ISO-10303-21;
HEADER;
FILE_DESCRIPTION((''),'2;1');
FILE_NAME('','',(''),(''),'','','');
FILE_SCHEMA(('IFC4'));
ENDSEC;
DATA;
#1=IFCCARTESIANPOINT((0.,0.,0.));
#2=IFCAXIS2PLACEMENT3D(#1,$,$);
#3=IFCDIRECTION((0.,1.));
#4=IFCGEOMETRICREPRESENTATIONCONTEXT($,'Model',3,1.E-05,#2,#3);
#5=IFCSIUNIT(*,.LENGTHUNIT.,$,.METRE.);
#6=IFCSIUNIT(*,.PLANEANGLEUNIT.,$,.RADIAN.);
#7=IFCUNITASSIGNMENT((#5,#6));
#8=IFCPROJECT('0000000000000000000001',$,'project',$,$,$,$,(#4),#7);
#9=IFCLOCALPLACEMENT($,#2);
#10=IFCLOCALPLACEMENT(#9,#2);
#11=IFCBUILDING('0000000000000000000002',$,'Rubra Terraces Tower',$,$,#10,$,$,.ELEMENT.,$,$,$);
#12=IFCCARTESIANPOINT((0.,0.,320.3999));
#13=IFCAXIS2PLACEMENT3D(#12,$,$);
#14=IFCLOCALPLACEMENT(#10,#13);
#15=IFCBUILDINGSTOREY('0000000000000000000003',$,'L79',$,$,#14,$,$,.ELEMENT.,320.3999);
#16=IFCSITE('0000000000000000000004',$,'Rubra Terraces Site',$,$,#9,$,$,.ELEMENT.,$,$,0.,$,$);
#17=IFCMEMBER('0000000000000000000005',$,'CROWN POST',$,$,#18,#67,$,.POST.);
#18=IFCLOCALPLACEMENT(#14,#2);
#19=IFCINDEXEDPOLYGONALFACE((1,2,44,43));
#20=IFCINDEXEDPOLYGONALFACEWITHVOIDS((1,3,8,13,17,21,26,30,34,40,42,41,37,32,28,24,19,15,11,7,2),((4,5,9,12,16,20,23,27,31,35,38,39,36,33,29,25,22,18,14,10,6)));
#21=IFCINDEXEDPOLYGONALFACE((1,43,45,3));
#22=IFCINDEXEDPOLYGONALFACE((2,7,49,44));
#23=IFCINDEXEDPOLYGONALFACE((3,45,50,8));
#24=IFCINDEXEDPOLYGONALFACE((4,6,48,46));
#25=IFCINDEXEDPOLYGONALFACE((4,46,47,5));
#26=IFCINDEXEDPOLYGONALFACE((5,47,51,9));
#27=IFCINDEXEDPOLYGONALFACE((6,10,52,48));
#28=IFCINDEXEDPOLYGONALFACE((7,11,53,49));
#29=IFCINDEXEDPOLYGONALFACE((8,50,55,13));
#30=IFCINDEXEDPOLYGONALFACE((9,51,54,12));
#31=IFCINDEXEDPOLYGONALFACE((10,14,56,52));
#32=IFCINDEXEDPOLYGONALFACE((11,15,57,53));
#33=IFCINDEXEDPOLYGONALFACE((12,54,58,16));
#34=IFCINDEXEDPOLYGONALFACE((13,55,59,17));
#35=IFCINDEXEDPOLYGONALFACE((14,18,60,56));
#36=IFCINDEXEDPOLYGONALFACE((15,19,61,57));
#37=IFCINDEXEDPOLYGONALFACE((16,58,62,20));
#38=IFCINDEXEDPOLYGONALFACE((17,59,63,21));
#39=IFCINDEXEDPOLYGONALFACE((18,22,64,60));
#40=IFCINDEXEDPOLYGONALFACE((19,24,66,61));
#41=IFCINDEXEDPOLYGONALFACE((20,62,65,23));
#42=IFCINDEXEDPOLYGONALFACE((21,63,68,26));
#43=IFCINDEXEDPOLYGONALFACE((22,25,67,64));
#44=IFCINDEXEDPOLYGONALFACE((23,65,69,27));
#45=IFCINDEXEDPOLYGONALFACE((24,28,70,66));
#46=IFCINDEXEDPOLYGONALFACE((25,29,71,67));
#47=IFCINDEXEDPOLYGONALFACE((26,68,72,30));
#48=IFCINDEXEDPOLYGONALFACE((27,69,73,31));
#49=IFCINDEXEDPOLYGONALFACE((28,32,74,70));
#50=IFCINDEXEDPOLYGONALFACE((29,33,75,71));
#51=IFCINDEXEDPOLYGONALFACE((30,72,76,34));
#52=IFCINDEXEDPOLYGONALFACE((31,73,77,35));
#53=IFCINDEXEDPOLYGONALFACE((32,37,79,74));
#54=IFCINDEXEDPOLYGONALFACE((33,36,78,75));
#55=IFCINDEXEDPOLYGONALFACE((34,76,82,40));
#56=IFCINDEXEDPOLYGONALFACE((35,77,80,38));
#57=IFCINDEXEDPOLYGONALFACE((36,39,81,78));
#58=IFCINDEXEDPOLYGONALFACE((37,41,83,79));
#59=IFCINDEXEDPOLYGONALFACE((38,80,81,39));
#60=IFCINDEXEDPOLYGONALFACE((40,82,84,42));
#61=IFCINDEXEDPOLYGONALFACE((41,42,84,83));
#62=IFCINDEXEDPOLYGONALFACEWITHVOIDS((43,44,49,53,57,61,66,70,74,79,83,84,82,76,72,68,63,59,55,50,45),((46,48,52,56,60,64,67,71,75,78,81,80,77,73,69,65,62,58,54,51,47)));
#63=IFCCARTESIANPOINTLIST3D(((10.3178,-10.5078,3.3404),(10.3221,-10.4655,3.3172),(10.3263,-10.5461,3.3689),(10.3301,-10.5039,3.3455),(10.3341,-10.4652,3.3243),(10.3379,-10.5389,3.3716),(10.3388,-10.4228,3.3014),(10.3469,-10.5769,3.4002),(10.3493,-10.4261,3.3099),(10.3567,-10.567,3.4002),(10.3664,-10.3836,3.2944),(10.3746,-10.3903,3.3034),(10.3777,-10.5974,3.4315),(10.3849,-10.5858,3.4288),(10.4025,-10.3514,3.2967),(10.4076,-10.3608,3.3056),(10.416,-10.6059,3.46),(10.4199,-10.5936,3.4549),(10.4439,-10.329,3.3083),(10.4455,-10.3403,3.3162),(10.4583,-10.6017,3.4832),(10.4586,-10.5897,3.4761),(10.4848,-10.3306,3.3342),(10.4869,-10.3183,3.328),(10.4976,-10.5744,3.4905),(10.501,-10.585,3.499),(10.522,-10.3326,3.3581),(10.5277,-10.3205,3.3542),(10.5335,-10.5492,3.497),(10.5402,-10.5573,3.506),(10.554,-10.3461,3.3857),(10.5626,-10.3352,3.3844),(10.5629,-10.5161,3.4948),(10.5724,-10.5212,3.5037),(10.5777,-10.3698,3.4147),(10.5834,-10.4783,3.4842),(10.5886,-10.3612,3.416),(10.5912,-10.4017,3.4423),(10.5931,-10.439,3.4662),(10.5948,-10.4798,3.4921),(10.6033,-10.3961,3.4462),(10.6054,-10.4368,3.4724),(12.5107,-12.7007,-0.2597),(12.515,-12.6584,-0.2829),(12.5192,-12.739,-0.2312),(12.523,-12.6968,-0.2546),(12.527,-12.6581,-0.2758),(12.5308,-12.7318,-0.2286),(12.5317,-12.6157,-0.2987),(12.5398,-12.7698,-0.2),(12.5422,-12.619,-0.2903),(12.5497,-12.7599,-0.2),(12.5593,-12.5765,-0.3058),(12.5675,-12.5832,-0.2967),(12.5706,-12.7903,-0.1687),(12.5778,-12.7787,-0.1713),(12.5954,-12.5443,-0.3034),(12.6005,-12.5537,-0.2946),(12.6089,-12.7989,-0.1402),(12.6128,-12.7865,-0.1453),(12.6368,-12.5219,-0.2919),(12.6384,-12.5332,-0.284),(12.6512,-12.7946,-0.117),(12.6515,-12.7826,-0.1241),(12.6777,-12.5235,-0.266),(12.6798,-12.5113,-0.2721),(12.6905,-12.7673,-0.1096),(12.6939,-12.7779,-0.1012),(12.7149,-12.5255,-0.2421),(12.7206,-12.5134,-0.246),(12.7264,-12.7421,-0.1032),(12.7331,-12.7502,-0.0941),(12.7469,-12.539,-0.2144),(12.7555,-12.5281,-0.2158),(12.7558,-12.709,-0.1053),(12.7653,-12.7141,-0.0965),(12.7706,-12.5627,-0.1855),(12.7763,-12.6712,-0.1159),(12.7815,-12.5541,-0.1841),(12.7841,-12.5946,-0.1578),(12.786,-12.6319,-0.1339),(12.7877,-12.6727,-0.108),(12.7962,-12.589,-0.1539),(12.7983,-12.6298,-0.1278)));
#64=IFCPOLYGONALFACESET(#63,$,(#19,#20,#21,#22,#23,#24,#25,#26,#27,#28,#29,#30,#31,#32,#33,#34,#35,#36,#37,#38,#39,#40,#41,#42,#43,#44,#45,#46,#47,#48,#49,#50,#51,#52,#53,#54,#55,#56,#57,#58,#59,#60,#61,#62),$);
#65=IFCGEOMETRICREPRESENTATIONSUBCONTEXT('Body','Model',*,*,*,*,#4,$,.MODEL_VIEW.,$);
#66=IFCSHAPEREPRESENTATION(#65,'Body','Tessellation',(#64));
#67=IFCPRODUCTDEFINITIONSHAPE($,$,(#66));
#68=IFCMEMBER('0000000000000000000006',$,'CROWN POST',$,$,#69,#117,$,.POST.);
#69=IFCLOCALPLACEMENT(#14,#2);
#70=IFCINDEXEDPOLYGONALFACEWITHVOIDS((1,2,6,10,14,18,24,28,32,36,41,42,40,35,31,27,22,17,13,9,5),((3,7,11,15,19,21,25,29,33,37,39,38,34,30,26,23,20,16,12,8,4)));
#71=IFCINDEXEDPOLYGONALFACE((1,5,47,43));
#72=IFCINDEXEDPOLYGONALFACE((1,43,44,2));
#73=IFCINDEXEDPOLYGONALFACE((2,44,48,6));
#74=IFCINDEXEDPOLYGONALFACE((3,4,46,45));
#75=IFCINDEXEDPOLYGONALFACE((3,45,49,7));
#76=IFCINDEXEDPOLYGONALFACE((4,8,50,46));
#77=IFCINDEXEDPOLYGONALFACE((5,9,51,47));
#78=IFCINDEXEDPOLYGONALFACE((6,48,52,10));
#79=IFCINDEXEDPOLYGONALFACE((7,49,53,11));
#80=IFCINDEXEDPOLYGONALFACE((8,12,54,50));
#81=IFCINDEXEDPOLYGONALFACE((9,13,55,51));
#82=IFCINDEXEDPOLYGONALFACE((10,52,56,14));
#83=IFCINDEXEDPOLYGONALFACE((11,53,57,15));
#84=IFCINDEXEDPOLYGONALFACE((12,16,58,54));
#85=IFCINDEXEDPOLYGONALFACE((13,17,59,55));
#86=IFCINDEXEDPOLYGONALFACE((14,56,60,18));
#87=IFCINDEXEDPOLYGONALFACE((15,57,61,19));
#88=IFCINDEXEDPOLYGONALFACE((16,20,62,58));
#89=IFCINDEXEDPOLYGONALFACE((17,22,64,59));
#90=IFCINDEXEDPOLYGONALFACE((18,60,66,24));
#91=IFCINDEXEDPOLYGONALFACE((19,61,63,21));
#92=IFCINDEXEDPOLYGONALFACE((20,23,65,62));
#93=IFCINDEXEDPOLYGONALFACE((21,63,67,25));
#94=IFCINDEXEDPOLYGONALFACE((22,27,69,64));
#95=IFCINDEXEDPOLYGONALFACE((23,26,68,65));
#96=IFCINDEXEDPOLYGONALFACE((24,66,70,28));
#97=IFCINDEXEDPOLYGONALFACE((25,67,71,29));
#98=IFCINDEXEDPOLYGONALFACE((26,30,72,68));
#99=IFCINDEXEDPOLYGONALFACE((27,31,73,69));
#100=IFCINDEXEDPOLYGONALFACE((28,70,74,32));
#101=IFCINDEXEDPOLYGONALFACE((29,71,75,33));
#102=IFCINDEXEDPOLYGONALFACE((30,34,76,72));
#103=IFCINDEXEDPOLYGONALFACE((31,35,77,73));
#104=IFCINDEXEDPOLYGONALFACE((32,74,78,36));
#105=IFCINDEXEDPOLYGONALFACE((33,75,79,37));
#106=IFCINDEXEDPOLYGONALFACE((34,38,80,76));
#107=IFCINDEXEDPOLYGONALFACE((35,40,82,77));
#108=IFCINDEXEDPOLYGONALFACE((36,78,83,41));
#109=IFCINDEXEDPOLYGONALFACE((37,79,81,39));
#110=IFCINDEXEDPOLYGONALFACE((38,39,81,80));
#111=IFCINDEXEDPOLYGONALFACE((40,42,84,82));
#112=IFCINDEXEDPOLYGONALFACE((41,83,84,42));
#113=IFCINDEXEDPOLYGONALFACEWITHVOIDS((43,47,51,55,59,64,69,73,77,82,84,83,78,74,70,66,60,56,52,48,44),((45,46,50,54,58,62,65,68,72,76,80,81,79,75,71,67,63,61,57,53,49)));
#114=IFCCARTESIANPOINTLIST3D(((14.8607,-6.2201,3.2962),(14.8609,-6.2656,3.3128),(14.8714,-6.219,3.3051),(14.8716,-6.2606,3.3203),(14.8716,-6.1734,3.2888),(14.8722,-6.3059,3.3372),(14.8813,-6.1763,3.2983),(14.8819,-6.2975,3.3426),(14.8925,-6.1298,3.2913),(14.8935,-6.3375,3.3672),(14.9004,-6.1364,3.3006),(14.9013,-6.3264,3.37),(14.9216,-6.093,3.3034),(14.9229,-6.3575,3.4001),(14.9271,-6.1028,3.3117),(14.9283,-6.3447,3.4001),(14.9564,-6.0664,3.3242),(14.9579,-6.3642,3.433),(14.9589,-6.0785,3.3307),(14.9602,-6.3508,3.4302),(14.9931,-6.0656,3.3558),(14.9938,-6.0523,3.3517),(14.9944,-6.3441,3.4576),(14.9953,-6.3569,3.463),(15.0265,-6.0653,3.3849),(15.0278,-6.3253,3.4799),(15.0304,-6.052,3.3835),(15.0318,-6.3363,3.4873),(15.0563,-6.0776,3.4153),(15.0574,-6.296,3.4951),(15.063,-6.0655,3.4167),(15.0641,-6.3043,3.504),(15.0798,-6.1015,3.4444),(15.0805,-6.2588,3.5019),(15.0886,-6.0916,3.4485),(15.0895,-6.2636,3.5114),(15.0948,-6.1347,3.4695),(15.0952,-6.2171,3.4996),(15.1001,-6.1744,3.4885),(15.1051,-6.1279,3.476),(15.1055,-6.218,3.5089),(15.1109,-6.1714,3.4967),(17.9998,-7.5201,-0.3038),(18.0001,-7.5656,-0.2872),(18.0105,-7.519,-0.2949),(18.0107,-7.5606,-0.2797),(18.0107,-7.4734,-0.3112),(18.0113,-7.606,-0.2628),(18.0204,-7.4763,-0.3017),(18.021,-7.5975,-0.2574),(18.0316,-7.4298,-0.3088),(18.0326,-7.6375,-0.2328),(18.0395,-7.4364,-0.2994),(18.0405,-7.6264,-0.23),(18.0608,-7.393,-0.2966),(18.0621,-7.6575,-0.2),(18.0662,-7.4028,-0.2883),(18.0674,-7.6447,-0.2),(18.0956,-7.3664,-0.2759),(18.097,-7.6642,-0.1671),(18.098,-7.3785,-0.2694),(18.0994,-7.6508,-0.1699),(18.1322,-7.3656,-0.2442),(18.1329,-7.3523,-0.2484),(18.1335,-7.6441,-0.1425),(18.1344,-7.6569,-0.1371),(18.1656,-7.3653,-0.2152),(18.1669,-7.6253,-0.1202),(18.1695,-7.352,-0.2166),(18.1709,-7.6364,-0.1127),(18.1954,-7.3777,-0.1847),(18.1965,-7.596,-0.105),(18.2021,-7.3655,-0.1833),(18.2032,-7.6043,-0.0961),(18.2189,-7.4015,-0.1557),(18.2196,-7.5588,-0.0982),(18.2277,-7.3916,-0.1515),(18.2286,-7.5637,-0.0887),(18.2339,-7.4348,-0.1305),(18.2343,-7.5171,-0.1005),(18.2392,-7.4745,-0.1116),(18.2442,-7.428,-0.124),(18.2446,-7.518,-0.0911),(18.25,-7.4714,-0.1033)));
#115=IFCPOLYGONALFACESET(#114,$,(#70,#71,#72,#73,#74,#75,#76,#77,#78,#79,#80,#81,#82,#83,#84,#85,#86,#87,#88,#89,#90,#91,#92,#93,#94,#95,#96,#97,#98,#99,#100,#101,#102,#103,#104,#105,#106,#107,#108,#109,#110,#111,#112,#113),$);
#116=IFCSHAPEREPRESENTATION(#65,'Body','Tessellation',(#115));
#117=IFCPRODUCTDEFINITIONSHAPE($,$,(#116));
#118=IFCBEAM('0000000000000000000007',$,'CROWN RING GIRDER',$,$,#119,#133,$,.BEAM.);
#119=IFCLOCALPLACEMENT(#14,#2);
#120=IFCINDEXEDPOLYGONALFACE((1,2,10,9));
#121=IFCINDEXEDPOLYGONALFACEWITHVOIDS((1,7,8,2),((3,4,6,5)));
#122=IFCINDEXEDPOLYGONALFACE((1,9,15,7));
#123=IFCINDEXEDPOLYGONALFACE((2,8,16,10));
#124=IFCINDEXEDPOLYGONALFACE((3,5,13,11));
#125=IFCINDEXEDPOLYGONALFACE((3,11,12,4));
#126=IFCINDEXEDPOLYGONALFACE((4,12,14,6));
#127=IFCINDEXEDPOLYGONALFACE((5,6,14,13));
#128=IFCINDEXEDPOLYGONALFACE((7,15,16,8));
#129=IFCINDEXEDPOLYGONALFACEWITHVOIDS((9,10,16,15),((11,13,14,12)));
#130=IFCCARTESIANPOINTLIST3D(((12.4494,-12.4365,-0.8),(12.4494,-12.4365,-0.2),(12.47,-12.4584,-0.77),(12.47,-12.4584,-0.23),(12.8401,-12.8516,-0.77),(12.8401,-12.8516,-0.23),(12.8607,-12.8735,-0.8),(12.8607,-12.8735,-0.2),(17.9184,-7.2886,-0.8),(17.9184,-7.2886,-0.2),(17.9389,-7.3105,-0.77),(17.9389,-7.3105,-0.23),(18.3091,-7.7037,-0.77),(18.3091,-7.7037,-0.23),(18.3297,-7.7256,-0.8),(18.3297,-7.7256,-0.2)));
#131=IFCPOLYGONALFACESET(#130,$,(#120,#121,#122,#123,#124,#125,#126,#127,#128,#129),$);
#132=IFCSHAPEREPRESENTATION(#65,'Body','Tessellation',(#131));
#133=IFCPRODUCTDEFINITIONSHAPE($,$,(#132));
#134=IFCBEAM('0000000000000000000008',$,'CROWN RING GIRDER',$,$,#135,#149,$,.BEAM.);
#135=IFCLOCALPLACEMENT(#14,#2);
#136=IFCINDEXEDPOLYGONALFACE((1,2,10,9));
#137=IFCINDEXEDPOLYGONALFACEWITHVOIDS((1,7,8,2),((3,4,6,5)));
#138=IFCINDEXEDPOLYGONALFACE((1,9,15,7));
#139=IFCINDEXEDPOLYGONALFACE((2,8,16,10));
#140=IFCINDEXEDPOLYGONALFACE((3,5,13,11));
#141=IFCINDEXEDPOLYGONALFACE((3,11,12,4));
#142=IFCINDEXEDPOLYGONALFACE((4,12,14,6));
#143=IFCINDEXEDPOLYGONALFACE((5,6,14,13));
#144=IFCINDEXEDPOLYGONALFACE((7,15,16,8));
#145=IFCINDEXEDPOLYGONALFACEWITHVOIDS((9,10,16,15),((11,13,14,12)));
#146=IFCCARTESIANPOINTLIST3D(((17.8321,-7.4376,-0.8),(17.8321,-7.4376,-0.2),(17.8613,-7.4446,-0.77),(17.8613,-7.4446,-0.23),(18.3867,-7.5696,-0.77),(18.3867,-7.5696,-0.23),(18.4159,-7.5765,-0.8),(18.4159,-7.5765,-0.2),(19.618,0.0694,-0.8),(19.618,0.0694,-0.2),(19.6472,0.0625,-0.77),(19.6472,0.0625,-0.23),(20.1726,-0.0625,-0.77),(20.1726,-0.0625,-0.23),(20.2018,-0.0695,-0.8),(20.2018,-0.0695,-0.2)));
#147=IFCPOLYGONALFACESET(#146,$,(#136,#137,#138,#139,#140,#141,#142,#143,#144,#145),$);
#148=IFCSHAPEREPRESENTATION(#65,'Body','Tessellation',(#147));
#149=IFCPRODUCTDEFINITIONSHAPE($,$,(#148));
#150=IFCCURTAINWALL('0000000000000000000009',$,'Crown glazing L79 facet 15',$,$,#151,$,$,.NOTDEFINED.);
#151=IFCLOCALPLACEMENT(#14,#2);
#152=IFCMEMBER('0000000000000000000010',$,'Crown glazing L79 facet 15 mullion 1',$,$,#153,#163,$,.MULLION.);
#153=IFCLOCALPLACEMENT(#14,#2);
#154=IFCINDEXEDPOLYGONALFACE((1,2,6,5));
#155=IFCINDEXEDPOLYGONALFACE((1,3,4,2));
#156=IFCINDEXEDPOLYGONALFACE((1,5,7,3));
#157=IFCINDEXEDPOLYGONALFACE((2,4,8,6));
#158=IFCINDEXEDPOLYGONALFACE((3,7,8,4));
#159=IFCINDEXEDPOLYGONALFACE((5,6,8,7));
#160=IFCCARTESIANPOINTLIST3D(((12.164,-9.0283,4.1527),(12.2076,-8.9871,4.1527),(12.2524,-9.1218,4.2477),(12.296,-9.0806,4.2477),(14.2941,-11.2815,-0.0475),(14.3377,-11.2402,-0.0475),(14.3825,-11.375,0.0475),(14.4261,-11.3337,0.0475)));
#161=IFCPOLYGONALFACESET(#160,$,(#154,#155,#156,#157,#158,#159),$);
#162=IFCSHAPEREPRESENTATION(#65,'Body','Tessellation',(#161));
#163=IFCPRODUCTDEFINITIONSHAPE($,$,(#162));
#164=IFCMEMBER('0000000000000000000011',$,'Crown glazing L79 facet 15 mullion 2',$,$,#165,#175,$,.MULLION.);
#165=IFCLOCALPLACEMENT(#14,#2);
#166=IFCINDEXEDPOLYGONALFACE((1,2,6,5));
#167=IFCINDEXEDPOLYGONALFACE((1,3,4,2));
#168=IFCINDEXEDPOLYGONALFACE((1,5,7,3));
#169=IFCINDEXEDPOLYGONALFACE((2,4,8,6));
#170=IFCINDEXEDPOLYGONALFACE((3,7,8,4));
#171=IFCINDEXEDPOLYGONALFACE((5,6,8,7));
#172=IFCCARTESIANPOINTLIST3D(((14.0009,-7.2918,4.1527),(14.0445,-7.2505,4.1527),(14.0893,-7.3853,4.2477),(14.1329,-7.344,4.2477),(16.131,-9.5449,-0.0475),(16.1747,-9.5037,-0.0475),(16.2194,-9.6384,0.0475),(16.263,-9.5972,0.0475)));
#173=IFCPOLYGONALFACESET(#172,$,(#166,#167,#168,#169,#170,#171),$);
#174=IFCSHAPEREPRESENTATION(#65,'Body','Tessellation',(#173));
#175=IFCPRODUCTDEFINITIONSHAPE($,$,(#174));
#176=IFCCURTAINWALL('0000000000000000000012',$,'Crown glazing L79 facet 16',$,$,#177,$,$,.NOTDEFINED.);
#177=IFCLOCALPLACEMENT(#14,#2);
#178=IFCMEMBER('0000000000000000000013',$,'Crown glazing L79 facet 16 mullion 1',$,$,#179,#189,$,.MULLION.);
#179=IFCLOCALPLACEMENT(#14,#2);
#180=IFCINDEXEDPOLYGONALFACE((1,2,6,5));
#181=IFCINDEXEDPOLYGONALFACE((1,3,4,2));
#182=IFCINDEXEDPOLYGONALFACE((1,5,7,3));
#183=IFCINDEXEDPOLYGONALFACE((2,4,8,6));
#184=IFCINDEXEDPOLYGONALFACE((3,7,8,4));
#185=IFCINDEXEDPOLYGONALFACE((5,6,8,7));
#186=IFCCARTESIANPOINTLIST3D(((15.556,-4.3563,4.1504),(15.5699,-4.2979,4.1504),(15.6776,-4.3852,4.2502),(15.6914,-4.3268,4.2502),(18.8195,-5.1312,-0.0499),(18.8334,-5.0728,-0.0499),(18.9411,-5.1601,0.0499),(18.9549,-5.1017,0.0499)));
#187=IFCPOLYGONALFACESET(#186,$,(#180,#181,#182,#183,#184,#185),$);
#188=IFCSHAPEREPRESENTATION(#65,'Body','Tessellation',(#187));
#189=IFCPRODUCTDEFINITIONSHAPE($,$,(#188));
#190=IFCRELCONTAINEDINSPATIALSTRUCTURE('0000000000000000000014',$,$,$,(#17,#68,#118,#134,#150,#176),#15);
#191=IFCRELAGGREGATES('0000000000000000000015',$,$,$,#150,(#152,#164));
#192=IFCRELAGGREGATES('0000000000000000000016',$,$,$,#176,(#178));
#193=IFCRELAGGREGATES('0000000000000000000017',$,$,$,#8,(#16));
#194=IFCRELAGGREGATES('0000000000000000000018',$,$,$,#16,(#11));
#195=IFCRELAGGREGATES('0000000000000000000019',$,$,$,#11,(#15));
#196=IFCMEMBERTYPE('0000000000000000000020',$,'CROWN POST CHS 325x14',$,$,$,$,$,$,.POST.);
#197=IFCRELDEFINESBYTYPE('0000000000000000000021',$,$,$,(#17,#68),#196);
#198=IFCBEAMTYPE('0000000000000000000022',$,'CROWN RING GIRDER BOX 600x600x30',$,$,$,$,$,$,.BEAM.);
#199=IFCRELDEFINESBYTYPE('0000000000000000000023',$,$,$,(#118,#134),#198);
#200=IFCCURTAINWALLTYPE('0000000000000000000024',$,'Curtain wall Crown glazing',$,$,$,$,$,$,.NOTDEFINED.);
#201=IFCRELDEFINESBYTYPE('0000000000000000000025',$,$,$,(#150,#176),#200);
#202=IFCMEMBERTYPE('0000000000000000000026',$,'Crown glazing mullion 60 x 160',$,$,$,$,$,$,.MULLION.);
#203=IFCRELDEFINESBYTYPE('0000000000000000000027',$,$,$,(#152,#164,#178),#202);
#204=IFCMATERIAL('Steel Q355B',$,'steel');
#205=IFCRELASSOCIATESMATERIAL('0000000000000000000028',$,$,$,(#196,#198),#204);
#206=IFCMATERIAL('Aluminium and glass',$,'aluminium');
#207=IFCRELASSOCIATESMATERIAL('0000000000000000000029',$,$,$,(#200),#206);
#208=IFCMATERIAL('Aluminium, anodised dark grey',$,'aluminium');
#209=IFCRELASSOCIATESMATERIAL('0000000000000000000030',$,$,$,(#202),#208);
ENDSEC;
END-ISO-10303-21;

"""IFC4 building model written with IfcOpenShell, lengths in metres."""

from ifc_helpers import new_model, si_unit, direction, frame, origin, origin_2d, place, context, subcontext, project, spatial, rectangle, hollow_rectangle, hollow_circle, extrude, material, material_profile, profile_set, type_object, element, aggregate, save


model = new_model("IFC4")

# Units and contexts
model_context = context("Model", 3, precision=1e-05, world=origin(), true_north=direction((0.0, 1.0)))
body_context = subcontext(model_context, "Body", "Model", "MODEL_VIEW")
ifc_project = project(units=[si_unit("LENGTHUNIT", "METRE"), si_unit("PLANEANGLEUNIT", "RADIAN")], contexts=[model_context])

# Site, building, storey
site_placement = place(None, origin())
site = spatial("IfcSite", under=ifc_project, at=site_placement, Name="Rubra Terraces Site", CompositionType="ELEMENT", RefElevation=0.0)
building_placement = place(site_placement, origin())
building = spatial("IfcBuilding", under=site, at=building_placement, Name="Rubra Terraces Tower", CompositionType="ELEMENT")
storey_placement = place(building_placement, frame((0.0, 0.0, 320.3999)))
storey = spatial("IfcBuildingStorey", under=building, at=storey_placement, Name="L79", CompositionType="ELEMENT", Elevation=320.3999)

# Members
ifc_material_1 = material(Name="Steel Q355B", Category="steel")
ifc_material_profile_1 = material_profile(ifc_material_1, hollow_circle(Radius=0.1626, WallThickness=0.0139, at=origin_2d()), Name="CHS 325x14")
ifc_profile_set_1 = profile_set([ifc_material_profile_1], Name="Steel Q355B")
member_type_1 = type_object("IfcMemberType", Name="CROWN POST CHS 325x14", PredefinedType="POST", material=ifc_profile_set_1)
member_1_placement = place(storey_placement, frame((12.6548, -12.6548, -0.2), z_axis=(-0.461498, 0.461498, 0.757654), x_axis=(-0.707107, -0.707107, 0.0)))
element("IfcMember", 1, at=member_1_placement, inside=storey, type_object=member_type_1, Name="CROWN POST", PredefinedType="POST", context=body_context, shape_type="SweptSolid", body=[
    extrude(hollow_circle(Radius=0.1626, WallThickness=0.0139, at=origin_2d()), origin(), (0.0, 0.0, 1.0), 4.7517),
])
member_2_placement = place(storey_placement, frame((18.1243, -7.5073, -0.2), z_axis=(-0.634139, 0.262622, 0.727253), x_axis=(-0.382625, -0.923904, 0.0)))
element("IfcMember", 2, at=member_2_placement, inside=storey, type_object=member_type_1, Name="CROWN POST", PredefinedType="POST", context=body_context, shape_type="SweptSolid", body=[
    extrude(hollow_circle(Radius=0.1626, WallThickness=0.0139, at=origin_2d()), origin(), (0.0, 0.0, 1.0), 4.9502),
])

# Beams
ifc_material_profile_2 = material_profile(ifc_material_1, hollow_rectangle(XDim=0.6001, YDim=0.6001, WallThickness=0.03, at=origin_2d()), Name="BOX 600x600x30")
ifc_profile_set_2 = profile_set([ifc_material_profile_2], Name="Steel Q355B")
beam_type_1 = type_object("IfcBeamType", Name="CROWN RING GIRDER BOX 600x600x30", PredefinedType="BEAM", material=ifc_profile_set_2)
beam_1_placement = place(storey_placement, frame((12.655, -12.655, -0.5), z_axis=(0.728156, 0.685411, 0.0), x_axis=(-0.685411, 0.728156, 0.0)))
element("IfcBeam", 3, at=beam_1_placement, inside=storey, type_object=beam_type_1, Name="CROWN RING GIRDER", PredefinedType="BEAM", context=body_context, shape_type="SweptSolid", body=[
    extrude(hollow_rectangle(XDim=0.6001, YDim=0.6001, WallThickness=0.03, at=origin_2d()), origin(), (0.0, 0.0, 1.0), 7.5107),
])
beam_2_placement = place(storey_placement, frame((18.124, -7.5071, -0.5), z_axis=(0.231435, 0.97285, 0.0), x_axis=(-0.97285, 0.231435, 0.0)))
element("IfcBeam", 4, at=beam_2_placement, inside=storey, type_object=beam_type_1, Name="CROWN RING GIRDER", PredefinedType="BEAM", context=body_context, shape_type="SweptSolid", body=[
    extrude(hollow_rectangle(XDim=0.6001, YDim=0.6001, WallThickness=0.03, at=origin_2d()), origin(), (0.0, 0.0, 1.0), 7.7166),
])

# Curtain walls, members
ifc_material_2 = material(Name="Aluminium and glass", Category="aluminium")
curtain_wall_type = type_object("IfcCurtainWallType", Name="Curtain wall Crown glazing", PredefinedType="NOTDEFINED", material=ifc_material_2)
curtain_wall_1_placement = place(storey_placement, origin())
curtain_wall_1 = element("IfcCurtainWall", 5, at=curtain_wall_1_placement, inside=storey, type_object=curtain_wall_type, Name="Crown glazing L79 facet 15", PredefinedType="NOTDEFINED")
ifc_material_3 = material(Name="Aluminium, anodised dark grey", Category="aluminium")
ifc_material_profile_3 = material_profile(ifc_material_3, rectangle(XDim=0.0601, YDim=0.1599, at=origin_2d()), Name="AL 60x160")
ifc_profile_set_3 = profile_set([ifc_material_profile_3], Name="Aluminium, anodised dark grey")
member_type_2 = type_object("IfcMemberType", Name="Crown glazing mullion 60 x 160", PredefinedType="MULLION", material=ifc_profile_set_3)
member_3_placement = place(storey_placement, frame((14.3601, -11.3076, 0.0), z_axis=(-0.408014, 0.431583, 0.804525), x_axis=(-0.72667, -0.686986, 0.0)))
member_3 = element("IfcMember", 6, at=member_3_placement, type_object=member_type_2, Name="Crown glazing L79 facet 15 mullion 1", PredefinedType="MULLION", context=body_context, shape_type="SweptSolid", body=[
    extrude(rectangle(XDim=0.0601, YDim=0.1599, at=origin_2d()), origin(), (0.0, 0.0, 1.0), 5.2207),
])
member_4_placement = place(storey_placement, frame((16.197, -9.571, 0.0), z_axis=(-0.408014, 0.431583, 0.804525), x_axis=(-0.72667, -0.686986, 0.0)))
member_4 = element("IfcMember", 7, at=member_4_placement, type_object=member_type_2, Name="Crown glazing L79 facet 15 mullion 2", PredefinedType="MULLION", context=body_context, shape_type="SweptSolid", body=[
    extrude(rectangle(XDim=0.0601, YDim=0.1599, at=origin_2d()), origin(), (0.0, 0.0, 1.0), 5.2207),
])
curtain_wall_2_placement = place(storey_placement, origin())
curtain_wall_2 = element("IfcCurtainWall", 8, at=curtain_wall_2_placement, inside=storey, type_object=curtain_wall_type, Name="Crown glazing L79 facet 16", PredefinedType="NOTDEFINED")
member_5_placement = place(storey_placement, frame((18.8872, -5.1165, 0.0), z_axis=(-0.607134, 0.144164, 0.781412), x_axis=(-0.231027, -0.972947, 0.0)))
member_5 = element("IfcMember", 9, at=member_5_placement, type_object=member_type_2, Name="Crown glazing L79 facet 16 mullion 1", PredefinedType="MULLION", context=body_context, shape_type="SweptSolid", body=[
    extrude(rectangle(XDim=0.0601, YDim=0.1599, at=origin_2d()), origin(), (0.0, 0.0, 1.0), 5.3752),
])

aggregate(curtain_wall_1, [member_3, member_4])
aggregate(curtain_wall_2, [member_5])

save(model, "model.ifc")
